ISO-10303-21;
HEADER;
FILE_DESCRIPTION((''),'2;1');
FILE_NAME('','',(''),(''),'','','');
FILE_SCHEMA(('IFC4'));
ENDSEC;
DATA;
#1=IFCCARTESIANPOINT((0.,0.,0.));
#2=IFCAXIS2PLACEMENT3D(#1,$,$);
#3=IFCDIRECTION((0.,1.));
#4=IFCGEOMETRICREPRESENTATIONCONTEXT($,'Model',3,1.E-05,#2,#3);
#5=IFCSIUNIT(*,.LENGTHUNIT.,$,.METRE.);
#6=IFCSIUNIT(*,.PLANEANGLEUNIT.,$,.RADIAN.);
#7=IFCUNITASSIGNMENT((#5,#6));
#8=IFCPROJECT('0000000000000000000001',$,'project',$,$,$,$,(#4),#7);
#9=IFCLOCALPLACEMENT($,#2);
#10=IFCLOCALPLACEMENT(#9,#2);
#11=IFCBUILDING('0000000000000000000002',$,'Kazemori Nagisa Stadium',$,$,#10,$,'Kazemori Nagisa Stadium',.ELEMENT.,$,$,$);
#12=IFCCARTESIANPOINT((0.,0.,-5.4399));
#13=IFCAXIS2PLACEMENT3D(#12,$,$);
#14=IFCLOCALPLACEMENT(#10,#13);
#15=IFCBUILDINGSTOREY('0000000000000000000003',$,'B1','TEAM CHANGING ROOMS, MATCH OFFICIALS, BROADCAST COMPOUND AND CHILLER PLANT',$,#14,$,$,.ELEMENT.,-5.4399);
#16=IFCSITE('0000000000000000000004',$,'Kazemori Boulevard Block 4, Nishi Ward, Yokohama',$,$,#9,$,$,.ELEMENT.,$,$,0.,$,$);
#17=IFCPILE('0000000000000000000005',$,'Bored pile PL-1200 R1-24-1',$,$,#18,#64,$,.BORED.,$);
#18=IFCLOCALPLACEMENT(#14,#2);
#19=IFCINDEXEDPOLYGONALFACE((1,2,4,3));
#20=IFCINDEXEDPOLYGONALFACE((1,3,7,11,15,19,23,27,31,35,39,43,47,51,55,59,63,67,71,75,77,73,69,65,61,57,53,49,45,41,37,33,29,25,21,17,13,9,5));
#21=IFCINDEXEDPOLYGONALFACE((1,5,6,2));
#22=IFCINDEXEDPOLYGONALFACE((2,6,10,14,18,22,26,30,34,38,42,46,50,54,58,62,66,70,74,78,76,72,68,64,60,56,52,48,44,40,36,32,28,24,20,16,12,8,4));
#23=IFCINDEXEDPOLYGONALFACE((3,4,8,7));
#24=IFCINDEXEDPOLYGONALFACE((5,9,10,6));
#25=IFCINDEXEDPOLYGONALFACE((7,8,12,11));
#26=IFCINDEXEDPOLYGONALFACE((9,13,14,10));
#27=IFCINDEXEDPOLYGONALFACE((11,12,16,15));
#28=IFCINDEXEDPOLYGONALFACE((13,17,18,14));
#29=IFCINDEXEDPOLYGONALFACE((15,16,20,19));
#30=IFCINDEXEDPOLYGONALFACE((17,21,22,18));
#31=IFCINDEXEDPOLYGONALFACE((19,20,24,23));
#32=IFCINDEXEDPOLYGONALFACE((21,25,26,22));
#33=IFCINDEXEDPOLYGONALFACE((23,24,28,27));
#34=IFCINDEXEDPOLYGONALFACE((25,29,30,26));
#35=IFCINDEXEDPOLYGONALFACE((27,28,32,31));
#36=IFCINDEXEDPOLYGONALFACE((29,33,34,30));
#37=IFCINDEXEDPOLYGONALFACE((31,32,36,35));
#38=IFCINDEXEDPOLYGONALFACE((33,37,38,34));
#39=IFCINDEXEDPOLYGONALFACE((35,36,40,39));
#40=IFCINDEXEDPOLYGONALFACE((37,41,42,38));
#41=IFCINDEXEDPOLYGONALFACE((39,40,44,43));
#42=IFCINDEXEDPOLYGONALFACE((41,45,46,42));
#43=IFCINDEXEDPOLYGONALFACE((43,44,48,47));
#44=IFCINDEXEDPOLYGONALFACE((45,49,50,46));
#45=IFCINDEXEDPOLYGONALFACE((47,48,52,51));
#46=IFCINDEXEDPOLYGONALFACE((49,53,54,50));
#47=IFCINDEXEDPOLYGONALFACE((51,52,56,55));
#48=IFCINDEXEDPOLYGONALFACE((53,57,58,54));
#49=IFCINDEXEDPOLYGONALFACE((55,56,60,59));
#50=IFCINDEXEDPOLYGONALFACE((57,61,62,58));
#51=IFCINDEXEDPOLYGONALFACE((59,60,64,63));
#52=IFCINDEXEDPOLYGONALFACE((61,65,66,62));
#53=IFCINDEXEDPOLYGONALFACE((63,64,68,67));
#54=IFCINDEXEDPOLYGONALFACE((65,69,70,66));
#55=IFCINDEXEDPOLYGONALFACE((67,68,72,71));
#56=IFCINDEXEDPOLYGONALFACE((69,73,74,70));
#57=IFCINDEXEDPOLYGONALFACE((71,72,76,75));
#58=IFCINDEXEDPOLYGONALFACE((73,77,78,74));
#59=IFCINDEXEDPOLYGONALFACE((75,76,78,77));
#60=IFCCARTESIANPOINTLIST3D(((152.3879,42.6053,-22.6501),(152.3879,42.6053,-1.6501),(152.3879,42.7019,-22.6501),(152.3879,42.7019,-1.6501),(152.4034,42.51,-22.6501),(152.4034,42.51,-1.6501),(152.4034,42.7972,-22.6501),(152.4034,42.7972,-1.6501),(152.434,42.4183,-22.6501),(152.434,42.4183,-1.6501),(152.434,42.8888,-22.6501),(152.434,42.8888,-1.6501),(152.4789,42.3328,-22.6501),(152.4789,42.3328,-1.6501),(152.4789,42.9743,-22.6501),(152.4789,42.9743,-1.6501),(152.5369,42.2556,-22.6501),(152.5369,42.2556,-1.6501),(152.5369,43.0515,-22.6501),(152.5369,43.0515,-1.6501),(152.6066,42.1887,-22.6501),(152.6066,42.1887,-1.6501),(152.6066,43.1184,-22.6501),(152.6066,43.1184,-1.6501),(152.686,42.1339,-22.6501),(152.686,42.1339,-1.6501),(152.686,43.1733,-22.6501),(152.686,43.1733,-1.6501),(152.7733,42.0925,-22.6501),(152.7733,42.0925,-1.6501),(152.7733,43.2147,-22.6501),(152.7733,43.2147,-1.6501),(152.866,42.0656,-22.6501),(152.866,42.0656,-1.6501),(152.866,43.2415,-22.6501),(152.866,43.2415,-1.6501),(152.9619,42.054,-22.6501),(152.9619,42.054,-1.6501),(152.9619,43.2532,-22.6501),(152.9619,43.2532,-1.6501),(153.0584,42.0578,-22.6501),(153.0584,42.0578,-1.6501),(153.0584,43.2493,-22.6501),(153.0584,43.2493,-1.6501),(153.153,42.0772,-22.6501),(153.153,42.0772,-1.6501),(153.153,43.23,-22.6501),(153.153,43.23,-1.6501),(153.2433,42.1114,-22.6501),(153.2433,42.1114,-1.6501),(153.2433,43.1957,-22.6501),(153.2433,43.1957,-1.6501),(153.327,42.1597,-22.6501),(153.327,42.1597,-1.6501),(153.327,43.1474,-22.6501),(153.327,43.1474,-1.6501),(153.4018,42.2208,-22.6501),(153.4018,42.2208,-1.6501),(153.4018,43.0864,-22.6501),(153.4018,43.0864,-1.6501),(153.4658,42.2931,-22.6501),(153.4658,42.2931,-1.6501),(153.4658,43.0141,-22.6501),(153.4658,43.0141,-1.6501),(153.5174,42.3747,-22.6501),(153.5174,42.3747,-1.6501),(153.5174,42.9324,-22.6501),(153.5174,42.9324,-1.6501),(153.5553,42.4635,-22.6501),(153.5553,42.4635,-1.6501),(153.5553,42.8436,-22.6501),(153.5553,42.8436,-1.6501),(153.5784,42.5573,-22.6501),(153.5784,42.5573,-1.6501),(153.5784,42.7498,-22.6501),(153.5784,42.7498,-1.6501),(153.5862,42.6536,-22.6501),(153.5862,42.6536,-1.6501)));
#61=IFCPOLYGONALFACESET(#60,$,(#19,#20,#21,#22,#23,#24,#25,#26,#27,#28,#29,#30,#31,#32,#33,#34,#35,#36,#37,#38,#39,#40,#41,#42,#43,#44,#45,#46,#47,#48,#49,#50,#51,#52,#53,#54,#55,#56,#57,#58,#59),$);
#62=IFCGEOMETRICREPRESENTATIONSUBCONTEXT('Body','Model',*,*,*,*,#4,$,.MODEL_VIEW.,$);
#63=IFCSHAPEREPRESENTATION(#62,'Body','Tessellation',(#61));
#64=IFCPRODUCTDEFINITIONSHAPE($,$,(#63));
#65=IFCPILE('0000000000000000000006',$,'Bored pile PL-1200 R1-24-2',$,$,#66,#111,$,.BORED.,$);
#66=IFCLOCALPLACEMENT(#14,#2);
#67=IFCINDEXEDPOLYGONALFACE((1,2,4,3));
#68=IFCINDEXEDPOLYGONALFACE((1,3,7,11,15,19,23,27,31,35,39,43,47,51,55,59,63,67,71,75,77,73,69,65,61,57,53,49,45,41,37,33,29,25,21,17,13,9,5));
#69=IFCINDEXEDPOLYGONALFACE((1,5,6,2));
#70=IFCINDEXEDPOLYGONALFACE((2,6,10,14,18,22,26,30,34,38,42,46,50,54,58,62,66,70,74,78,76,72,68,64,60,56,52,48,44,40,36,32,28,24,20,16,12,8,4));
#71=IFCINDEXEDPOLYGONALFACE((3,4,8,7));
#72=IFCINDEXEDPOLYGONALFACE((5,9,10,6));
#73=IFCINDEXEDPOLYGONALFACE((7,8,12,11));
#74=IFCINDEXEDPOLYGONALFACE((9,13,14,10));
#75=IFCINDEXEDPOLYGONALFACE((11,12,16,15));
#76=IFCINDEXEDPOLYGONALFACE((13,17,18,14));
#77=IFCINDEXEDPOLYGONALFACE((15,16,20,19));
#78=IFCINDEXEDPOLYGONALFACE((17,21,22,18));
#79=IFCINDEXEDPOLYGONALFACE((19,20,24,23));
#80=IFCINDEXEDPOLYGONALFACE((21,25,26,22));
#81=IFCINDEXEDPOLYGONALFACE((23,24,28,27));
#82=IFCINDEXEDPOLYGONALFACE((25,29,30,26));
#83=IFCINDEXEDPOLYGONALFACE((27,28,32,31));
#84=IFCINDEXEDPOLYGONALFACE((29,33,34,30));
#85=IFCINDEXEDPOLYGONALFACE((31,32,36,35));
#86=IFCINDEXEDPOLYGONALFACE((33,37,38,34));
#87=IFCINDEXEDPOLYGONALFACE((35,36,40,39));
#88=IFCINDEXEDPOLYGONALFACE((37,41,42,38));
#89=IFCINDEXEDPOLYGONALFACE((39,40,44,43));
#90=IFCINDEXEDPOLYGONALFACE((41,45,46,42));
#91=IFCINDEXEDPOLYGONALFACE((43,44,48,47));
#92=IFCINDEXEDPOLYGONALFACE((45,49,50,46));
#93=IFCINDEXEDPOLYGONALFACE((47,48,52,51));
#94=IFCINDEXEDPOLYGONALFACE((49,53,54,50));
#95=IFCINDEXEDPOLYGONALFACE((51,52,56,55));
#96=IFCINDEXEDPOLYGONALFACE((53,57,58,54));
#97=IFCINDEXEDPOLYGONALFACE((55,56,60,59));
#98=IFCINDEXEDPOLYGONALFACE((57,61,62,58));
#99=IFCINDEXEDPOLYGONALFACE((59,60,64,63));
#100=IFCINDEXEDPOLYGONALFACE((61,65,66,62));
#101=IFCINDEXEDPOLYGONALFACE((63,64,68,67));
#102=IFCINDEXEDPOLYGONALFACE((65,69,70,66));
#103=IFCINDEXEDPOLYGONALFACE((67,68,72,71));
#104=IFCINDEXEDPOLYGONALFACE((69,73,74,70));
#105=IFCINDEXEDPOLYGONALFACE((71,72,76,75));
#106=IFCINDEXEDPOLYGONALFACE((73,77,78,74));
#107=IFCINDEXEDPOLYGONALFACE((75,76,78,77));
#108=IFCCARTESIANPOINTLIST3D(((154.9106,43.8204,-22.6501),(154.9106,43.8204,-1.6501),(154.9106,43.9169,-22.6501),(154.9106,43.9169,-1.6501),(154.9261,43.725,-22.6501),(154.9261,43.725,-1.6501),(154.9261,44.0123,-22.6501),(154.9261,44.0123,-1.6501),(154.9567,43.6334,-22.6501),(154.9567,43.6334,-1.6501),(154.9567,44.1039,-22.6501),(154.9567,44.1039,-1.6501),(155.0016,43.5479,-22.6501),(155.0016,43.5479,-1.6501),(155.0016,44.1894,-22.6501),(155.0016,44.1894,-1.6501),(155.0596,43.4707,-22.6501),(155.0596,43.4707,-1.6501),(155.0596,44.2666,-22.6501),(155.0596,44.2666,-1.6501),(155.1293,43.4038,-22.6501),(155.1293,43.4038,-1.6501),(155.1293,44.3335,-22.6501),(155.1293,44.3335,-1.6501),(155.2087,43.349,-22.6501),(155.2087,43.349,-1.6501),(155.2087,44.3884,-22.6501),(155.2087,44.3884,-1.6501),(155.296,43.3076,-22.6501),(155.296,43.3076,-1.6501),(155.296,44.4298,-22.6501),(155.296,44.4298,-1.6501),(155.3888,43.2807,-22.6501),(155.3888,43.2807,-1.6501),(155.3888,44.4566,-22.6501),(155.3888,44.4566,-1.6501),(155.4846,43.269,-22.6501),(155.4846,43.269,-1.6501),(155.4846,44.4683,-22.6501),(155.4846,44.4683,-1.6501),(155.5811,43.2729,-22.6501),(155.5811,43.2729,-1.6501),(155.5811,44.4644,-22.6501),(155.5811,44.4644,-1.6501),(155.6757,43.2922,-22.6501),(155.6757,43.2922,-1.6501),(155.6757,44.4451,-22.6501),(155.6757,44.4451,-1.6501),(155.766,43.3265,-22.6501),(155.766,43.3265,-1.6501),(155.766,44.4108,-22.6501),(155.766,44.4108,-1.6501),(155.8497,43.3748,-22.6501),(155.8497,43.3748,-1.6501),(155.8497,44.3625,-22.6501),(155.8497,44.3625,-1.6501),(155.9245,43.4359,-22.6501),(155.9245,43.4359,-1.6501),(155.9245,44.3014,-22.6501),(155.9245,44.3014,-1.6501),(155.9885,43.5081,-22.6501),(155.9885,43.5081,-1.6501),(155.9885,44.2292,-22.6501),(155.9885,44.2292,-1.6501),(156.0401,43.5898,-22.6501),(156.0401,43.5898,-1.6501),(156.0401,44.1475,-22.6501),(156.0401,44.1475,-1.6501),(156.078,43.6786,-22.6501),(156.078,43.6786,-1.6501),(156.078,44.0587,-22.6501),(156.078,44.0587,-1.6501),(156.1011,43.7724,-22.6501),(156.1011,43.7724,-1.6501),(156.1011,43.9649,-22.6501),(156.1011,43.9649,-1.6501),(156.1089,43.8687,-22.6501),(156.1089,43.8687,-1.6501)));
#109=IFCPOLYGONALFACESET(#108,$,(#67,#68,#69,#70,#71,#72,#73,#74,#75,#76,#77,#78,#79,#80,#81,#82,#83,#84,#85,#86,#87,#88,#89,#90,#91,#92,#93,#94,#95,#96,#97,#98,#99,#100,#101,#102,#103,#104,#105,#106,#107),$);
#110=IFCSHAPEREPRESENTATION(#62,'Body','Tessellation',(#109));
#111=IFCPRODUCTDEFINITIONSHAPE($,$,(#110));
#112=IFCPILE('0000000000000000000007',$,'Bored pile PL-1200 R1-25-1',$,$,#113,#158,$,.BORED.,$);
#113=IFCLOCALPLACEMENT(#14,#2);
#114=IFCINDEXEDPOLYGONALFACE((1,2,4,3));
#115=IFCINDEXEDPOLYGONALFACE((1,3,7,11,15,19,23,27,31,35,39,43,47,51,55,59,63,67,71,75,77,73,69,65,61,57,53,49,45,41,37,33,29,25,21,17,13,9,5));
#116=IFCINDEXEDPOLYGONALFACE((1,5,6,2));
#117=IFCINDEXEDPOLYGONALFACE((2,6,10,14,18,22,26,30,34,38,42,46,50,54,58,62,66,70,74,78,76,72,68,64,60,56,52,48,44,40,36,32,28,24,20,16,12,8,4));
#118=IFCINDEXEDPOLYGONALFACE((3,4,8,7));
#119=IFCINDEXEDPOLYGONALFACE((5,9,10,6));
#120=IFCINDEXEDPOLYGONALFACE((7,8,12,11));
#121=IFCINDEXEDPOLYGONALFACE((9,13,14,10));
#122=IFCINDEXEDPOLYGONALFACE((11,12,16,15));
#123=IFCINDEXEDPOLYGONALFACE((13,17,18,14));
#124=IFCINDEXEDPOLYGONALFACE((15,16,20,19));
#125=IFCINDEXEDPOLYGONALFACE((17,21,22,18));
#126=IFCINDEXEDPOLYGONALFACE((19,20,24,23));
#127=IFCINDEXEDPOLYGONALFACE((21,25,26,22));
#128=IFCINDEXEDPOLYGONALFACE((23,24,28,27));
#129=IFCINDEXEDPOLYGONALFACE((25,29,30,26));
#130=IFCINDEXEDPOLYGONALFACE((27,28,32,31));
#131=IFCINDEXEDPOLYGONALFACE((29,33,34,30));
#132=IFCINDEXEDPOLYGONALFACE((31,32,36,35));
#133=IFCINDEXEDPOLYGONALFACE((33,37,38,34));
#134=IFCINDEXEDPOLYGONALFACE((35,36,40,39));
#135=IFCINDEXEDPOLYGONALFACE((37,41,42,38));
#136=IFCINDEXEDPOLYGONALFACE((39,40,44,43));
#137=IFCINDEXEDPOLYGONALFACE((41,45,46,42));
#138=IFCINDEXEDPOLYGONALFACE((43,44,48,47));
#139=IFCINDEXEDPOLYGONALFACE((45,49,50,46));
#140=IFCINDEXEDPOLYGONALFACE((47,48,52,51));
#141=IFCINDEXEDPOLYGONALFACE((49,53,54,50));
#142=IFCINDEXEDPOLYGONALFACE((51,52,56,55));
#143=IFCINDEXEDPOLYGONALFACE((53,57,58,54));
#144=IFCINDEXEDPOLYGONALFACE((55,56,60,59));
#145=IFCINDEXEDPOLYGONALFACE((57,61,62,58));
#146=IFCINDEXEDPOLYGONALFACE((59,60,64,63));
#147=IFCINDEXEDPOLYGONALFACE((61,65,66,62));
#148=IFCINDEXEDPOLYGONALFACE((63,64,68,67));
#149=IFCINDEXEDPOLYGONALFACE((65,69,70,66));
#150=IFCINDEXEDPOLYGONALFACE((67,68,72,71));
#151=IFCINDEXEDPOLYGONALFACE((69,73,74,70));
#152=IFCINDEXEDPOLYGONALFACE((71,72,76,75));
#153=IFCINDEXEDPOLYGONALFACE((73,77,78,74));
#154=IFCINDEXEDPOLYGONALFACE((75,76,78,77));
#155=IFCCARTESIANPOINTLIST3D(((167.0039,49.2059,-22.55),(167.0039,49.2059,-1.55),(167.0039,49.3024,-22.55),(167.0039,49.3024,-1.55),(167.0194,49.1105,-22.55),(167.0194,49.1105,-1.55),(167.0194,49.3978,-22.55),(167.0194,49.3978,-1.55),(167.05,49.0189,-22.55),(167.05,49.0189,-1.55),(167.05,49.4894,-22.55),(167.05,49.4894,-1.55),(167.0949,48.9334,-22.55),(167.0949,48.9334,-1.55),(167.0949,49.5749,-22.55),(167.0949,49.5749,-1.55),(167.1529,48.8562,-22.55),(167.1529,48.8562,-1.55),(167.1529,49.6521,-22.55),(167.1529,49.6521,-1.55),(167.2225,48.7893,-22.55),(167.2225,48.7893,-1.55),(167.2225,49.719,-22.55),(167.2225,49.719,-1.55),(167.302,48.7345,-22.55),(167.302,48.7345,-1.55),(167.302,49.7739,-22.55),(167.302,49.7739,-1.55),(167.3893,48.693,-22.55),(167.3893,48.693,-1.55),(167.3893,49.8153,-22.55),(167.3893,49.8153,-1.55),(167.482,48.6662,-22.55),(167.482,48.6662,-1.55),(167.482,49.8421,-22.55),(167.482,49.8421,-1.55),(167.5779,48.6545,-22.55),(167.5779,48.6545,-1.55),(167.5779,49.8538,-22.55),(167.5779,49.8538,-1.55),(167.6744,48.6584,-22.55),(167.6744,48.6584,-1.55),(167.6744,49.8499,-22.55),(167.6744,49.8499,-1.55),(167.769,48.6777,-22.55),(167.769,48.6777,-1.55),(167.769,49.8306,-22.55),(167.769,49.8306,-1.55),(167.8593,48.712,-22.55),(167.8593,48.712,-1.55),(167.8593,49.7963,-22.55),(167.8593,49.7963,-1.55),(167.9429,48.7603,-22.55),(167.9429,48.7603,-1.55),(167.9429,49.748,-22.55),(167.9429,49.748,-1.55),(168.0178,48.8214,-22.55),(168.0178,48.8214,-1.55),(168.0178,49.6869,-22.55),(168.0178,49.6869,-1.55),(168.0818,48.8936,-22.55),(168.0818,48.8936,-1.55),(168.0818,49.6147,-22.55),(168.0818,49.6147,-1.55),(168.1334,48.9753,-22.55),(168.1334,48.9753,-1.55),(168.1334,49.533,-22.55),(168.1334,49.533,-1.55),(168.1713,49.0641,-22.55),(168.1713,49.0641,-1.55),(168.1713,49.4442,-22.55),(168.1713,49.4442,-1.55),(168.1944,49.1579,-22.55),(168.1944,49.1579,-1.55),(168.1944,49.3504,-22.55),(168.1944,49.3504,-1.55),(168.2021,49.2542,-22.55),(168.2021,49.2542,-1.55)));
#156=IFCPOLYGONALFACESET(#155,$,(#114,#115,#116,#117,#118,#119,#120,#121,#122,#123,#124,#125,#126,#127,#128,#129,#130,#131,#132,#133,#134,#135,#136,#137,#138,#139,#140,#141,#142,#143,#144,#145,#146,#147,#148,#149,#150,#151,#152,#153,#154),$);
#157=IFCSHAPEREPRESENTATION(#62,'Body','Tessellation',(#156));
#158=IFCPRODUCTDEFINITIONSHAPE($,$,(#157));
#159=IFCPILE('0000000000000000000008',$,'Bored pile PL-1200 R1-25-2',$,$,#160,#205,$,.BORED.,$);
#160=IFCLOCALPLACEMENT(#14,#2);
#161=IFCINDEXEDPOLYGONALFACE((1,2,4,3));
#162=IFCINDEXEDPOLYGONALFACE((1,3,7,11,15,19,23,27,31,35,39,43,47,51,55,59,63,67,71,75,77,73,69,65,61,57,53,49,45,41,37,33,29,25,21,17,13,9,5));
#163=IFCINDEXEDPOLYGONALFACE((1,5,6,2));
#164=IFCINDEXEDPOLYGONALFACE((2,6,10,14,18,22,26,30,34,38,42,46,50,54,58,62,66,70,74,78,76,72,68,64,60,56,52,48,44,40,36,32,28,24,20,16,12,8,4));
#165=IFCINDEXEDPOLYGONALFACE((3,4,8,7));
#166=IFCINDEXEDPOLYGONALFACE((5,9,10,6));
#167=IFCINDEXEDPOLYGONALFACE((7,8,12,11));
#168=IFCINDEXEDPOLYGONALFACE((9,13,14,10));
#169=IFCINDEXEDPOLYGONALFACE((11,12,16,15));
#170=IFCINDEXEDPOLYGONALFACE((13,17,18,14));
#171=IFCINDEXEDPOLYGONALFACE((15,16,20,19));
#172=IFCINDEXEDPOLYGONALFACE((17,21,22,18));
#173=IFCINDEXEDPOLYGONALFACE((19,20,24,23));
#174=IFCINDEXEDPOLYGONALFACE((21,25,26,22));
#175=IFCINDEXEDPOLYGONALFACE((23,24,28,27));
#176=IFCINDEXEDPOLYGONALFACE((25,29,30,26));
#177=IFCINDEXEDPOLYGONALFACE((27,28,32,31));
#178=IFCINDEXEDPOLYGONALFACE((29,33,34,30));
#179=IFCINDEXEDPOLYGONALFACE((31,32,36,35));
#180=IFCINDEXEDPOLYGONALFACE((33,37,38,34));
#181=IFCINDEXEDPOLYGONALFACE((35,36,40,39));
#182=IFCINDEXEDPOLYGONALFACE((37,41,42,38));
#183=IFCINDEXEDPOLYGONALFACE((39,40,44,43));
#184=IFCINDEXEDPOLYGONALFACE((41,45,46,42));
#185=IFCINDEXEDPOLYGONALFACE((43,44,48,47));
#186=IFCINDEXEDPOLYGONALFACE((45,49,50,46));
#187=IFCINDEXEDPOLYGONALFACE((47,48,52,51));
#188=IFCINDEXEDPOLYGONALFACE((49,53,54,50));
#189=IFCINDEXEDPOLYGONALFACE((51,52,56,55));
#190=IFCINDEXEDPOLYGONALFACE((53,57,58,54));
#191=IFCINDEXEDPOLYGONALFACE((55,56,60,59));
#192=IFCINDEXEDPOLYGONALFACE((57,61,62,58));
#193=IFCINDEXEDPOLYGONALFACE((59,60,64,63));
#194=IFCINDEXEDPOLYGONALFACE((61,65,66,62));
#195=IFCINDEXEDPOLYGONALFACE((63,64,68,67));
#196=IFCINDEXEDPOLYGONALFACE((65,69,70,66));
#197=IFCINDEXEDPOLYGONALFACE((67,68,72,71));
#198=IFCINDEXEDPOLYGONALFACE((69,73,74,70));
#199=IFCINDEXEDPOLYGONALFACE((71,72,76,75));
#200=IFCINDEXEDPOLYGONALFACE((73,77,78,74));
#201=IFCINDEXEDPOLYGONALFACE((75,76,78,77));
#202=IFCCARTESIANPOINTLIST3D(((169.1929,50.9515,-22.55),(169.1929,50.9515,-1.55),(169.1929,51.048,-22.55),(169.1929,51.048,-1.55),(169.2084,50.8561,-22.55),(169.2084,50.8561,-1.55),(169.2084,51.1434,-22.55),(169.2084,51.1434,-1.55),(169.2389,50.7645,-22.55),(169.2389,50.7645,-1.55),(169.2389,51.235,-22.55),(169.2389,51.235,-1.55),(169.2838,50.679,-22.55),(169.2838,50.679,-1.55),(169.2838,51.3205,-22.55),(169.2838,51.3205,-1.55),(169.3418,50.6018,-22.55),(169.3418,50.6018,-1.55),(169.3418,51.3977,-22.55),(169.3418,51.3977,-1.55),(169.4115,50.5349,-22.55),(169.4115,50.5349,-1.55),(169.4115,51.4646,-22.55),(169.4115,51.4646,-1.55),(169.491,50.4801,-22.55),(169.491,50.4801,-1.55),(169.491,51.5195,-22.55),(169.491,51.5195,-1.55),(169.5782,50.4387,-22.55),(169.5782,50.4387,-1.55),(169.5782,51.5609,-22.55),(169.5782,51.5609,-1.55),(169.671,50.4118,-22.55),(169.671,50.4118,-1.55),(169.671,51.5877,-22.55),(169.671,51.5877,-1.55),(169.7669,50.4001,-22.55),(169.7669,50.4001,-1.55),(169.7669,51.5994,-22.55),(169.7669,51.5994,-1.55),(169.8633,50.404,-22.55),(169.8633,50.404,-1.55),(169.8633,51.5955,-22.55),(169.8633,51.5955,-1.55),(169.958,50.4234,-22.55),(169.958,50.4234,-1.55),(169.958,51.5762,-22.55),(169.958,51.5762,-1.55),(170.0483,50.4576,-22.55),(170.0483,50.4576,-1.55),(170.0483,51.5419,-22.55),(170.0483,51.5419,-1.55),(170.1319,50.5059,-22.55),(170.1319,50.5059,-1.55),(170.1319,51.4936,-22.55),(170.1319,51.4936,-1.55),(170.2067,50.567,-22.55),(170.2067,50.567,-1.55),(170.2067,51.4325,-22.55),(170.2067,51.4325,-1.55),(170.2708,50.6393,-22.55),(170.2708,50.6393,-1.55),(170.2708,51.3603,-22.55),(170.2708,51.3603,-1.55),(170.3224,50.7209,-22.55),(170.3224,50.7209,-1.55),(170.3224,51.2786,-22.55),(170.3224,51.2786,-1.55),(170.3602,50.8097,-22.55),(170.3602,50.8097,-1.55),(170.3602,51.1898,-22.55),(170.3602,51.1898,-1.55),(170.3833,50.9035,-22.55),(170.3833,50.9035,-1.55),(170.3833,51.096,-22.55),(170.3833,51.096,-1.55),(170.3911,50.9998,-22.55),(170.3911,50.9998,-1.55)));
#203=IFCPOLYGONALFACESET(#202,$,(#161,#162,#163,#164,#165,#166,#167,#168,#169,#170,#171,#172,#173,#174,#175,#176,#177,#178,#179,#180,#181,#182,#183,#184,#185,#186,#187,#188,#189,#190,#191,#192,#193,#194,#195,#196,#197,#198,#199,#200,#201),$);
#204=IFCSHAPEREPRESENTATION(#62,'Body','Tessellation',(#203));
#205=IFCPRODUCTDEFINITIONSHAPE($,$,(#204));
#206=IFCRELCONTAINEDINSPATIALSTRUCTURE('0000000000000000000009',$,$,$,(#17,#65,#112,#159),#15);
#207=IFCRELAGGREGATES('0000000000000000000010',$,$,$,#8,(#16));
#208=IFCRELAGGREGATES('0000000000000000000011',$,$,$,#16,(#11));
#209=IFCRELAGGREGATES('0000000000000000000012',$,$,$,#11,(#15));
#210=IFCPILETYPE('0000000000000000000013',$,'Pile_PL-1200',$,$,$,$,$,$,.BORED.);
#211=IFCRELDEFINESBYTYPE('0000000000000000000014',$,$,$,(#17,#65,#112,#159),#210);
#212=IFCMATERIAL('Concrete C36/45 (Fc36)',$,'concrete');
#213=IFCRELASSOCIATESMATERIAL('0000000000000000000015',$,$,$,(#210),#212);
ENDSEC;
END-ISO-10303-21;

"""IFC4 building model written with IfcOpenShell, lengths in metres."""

from ifc_helpers import new_model, si_unit, direction, frame, origin, origin_2d, place, context, subcontext, project, spatial, circle, extrude, material, material_profile, profile_set, type_object, element, save


model = new_model("IFC4")

# Units and contexts
model_context = context("Model", 3, precision=1e-05, world=origin(), true_north=direction((0.0, 1.0)))
body_context = subcontext(model_context, "Body", "Model", "MODEL_VIEW")
ifc_project = project(units=[si_unit("LENGTHUNIT", "METRE"), si_unit("PLANEANGLEUNIT", "RADIAN")], contexts=[model_context])

# Site, building, storey
site_placement = place(None, origin())
site = spatial("IfcSite", under=ifc_project, at=site_placement, Name="Kazemori Boulevard Block 4, Nishi Ward, Yokohama", CompositionType="ELEMENT", RefElevation=0.0)
building_placement = place(site_placement, origin())
building = spatial("IfcBuilding", under=site, at=building_placement, Name="Kazemori Nagisa Stadium", LongName="Kazemori Nagisa Stadium", CompositionType="ELEMENT")
storey_placement = place(building_placement, frame((0.0, 0.0, -5.4399)))
storey = spatial("IfcBuildingStorey", under=building, at=storey_placement, Name="B1", Description="TEAM CHANGING ROOMS, MATCH OFFICIALS, BROADCAST COMPOUND AND CHILLER PLANT", CompositionType="ELEMENT", Elevation=-5.4399)

# Piles
ifc_material_1 = material(Name="Concrete C36/45 (Fc36)", Category="concrete")
ifc_material_profile_1 = material_profile(ifc_material_1, circle(Radius=0.6001, at=origin_2d()), Name="PILE-D1200")
ifc_profile_set_1 = profile_set([ifc_material_profile_1], Name="Concrete C36/45 (Fc36)")
pile_type = type_object("IfcPileType", Name="Pile_PL-1200", PredefinedType="BORED", material=ifc_profile_set_1)
for number, where, z_axis, x_axis, name in (
    (1, (152.9861, 42.6536, -1.6501), (0.0, 0.0, -1.0), (1.0, 0.0, 0.0), "Bored pile PL-1200 R1-24-1"),
    (2, (155.5088, 43.8687, -1.6501), (0.0, 0.0, -1.0), (1.0, 0.0, 0.0), "Bored pile PL-1200 R1-24-2"),
    (3, (167.6021, 49.2542, -1.55), (0.0, 0.0, -1.0), (1.0, 0.0, 0.0), "Bored pile PL-1200 R1-25-1"),
    (4, (169.791, 50.9998, -1.55), (0.0, 0.0, -1.0), (1.0, 0.0, 0.0), "Bored pile PL-1200 R1-25-2"),
):
    element("IfcPile", number, at=place(storey_placement, frame(where, z_axis=z_axis, x_axis=x_axis)), inside=storey, type_object=pile_type, Name=name, PredefinedType="BORED", context=body_context, shape_type="SweptSolid", body=[
        extrude(circle(Radius=0.6001, at=origin_2d()), origin(), (0.0, 0.0, 1.0), 21.0),
    ])

save(model, "model.ifc")
